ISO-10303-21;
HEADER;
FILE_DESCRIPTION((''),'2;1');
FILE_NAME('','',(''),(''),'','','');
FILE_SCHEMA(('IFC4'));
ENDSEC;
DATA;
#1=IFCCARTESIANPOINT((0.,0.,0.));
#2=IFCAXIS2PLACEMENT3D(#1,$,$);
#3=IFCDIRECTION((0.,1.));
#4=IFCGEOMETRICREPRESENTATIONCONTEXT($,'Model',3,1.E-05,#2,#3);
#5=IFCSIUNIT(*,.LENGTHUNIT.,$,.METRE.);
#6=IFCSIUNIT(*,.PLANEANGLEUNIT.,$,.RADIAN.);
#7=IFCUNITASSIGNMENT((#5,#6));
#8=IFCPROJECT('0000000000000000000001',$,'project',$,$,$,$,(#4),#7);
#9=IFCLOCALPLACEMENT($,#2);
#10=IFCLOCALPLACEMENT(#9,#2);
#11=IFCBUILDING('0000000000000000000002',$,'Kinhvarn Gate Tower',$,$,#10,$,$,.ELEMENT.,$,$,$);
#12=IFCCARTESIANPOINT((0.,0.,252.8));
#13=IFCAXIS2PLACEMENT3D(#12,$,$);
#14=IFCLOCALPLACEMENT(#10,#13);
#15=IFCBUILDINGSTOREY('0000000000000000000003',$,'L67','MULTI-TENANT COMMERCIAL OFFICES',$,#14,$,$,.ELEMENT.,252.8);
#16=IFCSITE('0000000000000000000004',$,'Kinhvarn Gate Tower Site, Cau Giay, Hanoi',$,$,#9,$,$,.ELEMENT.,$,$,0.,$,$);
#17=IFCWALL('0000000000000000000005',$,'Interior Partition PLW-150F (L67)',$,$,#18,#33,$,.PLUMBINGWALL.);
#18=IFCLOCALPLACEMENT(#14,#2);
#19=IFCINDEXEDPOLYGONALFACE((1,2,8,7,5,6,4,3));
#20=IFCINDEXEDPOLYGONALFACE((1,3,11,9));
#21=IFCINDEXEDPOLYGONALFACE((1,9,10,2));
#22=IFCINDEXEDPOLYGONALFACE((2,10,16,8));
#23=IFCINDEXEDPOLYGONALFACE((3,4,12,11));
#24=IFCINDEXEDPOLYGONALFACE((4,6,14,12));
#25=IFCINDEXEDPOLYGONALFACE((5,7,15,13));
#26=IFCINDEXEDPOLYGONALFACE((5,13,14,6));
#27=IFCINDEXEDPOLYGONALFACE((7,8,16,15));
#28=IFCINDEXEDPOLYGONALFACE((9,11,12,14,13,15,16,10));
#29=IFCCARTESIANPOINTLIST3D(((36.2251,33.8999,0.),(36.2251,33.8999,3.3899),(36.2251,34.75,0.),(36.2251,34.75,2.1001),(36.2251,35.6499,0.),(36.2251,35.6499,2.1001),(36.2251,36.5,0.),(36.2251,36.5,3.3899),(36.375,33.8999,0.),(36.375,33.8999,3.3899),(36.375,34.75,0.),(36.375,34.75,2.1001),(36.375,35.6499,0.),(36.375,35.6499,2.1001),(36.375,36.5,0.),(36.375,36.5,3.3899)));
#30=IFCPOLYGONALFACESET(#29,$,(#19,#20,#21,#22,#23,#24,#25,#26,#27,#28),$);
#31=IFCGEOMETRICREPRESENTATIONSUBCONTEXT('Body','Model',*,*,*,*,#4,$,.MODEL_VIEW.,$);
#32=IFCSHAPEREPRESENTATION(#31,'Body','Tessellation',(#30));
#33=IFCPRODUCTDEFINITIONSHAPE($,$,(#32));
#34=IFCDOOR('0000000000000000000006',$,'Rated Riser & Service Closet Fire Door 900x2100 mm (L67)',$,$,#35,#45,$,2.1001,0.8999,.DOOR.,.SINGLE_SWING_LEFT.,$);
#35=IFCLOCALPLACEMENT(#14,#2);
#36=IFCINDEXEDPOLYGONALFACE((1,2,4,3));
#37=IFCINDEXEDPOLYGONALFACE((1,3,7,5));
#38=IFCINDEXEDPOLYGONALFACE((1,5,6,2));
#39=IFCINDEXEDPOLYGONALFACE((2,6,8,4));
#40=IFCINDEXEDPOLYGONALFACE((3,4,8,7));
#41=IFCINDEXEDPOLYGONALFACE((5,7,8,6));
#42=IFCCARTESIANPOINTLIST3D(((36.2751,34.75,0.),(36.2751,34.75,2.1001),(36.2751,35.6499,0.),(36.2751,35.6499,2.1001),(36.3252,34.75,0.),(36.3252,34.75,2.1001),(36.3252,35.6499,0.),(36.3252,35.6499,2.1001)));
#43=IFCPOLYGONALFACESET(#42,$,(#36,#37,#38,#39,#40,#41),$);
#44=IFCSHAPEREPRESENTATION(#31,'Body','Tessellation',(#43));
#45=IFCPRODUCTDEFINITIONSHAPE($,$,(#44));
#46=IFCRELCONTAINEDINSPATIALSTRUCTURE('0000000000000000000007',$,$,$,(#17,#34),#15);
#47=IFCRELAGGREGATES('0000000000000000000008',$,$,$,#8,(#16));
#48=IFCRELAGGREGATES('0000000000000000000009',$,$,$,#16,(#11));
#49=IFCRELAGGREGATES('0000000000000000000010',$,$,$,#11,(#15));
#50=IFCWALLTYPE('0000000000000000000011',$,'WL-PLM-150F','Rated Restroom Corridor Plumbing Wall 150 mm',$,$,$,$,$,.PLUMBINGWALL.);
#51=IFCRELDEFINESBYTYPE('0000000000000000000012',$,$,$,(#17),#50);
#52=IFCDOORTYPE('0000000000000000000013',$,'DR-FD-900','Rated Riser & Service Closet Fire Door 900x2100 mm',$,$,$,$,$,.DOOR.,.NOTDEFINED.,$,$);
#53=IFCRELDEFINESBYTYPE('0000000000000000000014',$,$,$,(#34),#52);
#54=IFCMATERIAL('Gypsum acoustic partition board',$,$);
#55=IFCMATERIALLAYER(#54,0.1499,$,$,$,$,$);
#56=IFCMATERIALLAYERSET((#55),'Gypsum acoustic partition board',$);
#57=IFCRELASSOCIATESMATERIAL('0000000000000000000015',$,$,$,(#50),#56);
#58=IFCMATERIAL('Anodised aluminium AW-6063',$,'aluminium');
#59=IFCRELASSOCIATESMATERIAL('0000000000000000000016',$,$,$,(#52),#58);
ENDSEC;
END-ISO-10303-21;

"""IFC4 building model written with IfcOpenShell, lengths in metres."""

from ifc_helpers import new_model, si_unit, direction, frame, frame_2d, origin, place, context, subcontext, project, spatial, rectangle, extrude, material, layer, layer_set, type_object, element, fill, save


model = new_model("IFC4")

# Units and contexts
model_context = context("Model", 3, precision=1e-05, world=origin(), true_north=direction((0.0, 1.0)))
body_context = subcontext(model_context, "Body", "Model", "MODEL_VIEW")
ifc_project = project(units=[si_unit("LENGTHUNIT", "METRE"), si_unit("PLANEANGLEUNIT", "RADIAN")], contexts=[model_context])

# Site, building, storey
site_placement = place(None, origin())
site = spatial("IfcSite", under=ifc_project, at=site_placement, Name="Kinhvarn Gate Tower Site, Cau Giay, Hanoi", CompositionType="ELEMENT", RefElevation=0.0)
building_placement = place(site_placement, origin())
building = spatial("IfcBuilding", under=site, at=building_placement, Name="Kinhvarn Gate Tower", CompositionType="ELEMENT")
storey_placement = place(building_placement, frame((0.0, 0.0, 252.8)))
storey = spatial("IfcBuildingStorey", under=building, at=storey_placement, Name="L67", Description="MULTI-TENANT COMMERCIAL OFFICES", CompositionType="ELEMENT", Elevation=252.8)

# Shared definitions
ifc_material_1 = material(Name="Anodised aluminium AW-6063", Category="aluminium")

# Shared definitions
ifc_material_2 = material(Name="Gypsum acoustic partition board")

# Wall, opening, door
ifc_layer_1 = layer(ifc_material_2, 0.1499)
ifc_layer_set_1 = layer_set([ifc_layer_1], Name="Gypsum acoustic partition board")
wall_type_1 = type_object("IfcWallType", Name="WL-PLM-150F", Description="Rated Restroom Corridor Plumbing Wall 150 mm", PredefinedType="PLUMBINGWALL", material=ifc_layer_set_1)
wall_1_placement = place(storey_placement, frame((36.3, 33.8999, 0.0), z_axis=(0.0, 0.0, 1.0), x_axis=(0.0, 1.0, 0.0)))
wall_1 = element("IfcWall", 1, at=wall_1_placement, inside=storey, type_object=wall_type_1, Name="Interior Partition PLW-150F (L67)", PredefinedType="PLUMBINGWALL", context=body_context, shape_type="SweptSolid", body=[
    extrude(rectangle(XDim=2.6001, YDim=0.1499, at=frame_2d((1.3, 0.0))), origin(), (0.0, 0.0, 1.0), 3.3899),
])
opening_placement = place(wall_1_placement, frame((0.8501, 0.0, 0.0)))
opening = element("IfcOpeningElement", 2, at=opening_placement, cuts=wall_1, PredefinedType="OPENING", context=body_context, shape_type="SweptSolid", body=[
    extrude(rectangle(XDim=0.8999, YDim=2.1001, at=frame_2d((0.45, 1.05))), frame((0.0, 0.085, 0.0), z_axis=(0.0, -1.0, 0.0), x_axis=(1.0, 0.0, 0.0)), (0.0, 0.0, 1.0), 0.1699),
])
door_type = type_object("IfcDoorType", Name="DR-FD-900", Description="Rated Riser & Service Closet Fire Door 900x2100 mm", OperationType="NOTDEFINED", PredefinedType="DOOR", material=ifc_material_1)
door_placement = place(opening_placement, origin())
door = element("IfcDoor", 3, at=door_placement, inside=storey, type_object=door_type, Name="Rated Riser & Service Closet Fire Door 900x2100 mm (L67)", OperationType="SINGLE_SWING_LEFT", OverallHeight=2.1001, OverallWidth=0.8999, PredefinedType="DOOR", context=body_context, shape_type="SweptSolid", body=[
    extrude(rectangle(XDim=0.8999, YDim=2.1001, at=frame_2d((0.45, 1.05))), frame((0.0, 0.0249, 0.0), z_axis=(0.0, -1.0, 0.0), x_axis=(1.0, 0.0, 0.0)), (0.0, 0.0, 1.0), 0.05),
])
fill(opening, door)

save(model, "model.ifc")
